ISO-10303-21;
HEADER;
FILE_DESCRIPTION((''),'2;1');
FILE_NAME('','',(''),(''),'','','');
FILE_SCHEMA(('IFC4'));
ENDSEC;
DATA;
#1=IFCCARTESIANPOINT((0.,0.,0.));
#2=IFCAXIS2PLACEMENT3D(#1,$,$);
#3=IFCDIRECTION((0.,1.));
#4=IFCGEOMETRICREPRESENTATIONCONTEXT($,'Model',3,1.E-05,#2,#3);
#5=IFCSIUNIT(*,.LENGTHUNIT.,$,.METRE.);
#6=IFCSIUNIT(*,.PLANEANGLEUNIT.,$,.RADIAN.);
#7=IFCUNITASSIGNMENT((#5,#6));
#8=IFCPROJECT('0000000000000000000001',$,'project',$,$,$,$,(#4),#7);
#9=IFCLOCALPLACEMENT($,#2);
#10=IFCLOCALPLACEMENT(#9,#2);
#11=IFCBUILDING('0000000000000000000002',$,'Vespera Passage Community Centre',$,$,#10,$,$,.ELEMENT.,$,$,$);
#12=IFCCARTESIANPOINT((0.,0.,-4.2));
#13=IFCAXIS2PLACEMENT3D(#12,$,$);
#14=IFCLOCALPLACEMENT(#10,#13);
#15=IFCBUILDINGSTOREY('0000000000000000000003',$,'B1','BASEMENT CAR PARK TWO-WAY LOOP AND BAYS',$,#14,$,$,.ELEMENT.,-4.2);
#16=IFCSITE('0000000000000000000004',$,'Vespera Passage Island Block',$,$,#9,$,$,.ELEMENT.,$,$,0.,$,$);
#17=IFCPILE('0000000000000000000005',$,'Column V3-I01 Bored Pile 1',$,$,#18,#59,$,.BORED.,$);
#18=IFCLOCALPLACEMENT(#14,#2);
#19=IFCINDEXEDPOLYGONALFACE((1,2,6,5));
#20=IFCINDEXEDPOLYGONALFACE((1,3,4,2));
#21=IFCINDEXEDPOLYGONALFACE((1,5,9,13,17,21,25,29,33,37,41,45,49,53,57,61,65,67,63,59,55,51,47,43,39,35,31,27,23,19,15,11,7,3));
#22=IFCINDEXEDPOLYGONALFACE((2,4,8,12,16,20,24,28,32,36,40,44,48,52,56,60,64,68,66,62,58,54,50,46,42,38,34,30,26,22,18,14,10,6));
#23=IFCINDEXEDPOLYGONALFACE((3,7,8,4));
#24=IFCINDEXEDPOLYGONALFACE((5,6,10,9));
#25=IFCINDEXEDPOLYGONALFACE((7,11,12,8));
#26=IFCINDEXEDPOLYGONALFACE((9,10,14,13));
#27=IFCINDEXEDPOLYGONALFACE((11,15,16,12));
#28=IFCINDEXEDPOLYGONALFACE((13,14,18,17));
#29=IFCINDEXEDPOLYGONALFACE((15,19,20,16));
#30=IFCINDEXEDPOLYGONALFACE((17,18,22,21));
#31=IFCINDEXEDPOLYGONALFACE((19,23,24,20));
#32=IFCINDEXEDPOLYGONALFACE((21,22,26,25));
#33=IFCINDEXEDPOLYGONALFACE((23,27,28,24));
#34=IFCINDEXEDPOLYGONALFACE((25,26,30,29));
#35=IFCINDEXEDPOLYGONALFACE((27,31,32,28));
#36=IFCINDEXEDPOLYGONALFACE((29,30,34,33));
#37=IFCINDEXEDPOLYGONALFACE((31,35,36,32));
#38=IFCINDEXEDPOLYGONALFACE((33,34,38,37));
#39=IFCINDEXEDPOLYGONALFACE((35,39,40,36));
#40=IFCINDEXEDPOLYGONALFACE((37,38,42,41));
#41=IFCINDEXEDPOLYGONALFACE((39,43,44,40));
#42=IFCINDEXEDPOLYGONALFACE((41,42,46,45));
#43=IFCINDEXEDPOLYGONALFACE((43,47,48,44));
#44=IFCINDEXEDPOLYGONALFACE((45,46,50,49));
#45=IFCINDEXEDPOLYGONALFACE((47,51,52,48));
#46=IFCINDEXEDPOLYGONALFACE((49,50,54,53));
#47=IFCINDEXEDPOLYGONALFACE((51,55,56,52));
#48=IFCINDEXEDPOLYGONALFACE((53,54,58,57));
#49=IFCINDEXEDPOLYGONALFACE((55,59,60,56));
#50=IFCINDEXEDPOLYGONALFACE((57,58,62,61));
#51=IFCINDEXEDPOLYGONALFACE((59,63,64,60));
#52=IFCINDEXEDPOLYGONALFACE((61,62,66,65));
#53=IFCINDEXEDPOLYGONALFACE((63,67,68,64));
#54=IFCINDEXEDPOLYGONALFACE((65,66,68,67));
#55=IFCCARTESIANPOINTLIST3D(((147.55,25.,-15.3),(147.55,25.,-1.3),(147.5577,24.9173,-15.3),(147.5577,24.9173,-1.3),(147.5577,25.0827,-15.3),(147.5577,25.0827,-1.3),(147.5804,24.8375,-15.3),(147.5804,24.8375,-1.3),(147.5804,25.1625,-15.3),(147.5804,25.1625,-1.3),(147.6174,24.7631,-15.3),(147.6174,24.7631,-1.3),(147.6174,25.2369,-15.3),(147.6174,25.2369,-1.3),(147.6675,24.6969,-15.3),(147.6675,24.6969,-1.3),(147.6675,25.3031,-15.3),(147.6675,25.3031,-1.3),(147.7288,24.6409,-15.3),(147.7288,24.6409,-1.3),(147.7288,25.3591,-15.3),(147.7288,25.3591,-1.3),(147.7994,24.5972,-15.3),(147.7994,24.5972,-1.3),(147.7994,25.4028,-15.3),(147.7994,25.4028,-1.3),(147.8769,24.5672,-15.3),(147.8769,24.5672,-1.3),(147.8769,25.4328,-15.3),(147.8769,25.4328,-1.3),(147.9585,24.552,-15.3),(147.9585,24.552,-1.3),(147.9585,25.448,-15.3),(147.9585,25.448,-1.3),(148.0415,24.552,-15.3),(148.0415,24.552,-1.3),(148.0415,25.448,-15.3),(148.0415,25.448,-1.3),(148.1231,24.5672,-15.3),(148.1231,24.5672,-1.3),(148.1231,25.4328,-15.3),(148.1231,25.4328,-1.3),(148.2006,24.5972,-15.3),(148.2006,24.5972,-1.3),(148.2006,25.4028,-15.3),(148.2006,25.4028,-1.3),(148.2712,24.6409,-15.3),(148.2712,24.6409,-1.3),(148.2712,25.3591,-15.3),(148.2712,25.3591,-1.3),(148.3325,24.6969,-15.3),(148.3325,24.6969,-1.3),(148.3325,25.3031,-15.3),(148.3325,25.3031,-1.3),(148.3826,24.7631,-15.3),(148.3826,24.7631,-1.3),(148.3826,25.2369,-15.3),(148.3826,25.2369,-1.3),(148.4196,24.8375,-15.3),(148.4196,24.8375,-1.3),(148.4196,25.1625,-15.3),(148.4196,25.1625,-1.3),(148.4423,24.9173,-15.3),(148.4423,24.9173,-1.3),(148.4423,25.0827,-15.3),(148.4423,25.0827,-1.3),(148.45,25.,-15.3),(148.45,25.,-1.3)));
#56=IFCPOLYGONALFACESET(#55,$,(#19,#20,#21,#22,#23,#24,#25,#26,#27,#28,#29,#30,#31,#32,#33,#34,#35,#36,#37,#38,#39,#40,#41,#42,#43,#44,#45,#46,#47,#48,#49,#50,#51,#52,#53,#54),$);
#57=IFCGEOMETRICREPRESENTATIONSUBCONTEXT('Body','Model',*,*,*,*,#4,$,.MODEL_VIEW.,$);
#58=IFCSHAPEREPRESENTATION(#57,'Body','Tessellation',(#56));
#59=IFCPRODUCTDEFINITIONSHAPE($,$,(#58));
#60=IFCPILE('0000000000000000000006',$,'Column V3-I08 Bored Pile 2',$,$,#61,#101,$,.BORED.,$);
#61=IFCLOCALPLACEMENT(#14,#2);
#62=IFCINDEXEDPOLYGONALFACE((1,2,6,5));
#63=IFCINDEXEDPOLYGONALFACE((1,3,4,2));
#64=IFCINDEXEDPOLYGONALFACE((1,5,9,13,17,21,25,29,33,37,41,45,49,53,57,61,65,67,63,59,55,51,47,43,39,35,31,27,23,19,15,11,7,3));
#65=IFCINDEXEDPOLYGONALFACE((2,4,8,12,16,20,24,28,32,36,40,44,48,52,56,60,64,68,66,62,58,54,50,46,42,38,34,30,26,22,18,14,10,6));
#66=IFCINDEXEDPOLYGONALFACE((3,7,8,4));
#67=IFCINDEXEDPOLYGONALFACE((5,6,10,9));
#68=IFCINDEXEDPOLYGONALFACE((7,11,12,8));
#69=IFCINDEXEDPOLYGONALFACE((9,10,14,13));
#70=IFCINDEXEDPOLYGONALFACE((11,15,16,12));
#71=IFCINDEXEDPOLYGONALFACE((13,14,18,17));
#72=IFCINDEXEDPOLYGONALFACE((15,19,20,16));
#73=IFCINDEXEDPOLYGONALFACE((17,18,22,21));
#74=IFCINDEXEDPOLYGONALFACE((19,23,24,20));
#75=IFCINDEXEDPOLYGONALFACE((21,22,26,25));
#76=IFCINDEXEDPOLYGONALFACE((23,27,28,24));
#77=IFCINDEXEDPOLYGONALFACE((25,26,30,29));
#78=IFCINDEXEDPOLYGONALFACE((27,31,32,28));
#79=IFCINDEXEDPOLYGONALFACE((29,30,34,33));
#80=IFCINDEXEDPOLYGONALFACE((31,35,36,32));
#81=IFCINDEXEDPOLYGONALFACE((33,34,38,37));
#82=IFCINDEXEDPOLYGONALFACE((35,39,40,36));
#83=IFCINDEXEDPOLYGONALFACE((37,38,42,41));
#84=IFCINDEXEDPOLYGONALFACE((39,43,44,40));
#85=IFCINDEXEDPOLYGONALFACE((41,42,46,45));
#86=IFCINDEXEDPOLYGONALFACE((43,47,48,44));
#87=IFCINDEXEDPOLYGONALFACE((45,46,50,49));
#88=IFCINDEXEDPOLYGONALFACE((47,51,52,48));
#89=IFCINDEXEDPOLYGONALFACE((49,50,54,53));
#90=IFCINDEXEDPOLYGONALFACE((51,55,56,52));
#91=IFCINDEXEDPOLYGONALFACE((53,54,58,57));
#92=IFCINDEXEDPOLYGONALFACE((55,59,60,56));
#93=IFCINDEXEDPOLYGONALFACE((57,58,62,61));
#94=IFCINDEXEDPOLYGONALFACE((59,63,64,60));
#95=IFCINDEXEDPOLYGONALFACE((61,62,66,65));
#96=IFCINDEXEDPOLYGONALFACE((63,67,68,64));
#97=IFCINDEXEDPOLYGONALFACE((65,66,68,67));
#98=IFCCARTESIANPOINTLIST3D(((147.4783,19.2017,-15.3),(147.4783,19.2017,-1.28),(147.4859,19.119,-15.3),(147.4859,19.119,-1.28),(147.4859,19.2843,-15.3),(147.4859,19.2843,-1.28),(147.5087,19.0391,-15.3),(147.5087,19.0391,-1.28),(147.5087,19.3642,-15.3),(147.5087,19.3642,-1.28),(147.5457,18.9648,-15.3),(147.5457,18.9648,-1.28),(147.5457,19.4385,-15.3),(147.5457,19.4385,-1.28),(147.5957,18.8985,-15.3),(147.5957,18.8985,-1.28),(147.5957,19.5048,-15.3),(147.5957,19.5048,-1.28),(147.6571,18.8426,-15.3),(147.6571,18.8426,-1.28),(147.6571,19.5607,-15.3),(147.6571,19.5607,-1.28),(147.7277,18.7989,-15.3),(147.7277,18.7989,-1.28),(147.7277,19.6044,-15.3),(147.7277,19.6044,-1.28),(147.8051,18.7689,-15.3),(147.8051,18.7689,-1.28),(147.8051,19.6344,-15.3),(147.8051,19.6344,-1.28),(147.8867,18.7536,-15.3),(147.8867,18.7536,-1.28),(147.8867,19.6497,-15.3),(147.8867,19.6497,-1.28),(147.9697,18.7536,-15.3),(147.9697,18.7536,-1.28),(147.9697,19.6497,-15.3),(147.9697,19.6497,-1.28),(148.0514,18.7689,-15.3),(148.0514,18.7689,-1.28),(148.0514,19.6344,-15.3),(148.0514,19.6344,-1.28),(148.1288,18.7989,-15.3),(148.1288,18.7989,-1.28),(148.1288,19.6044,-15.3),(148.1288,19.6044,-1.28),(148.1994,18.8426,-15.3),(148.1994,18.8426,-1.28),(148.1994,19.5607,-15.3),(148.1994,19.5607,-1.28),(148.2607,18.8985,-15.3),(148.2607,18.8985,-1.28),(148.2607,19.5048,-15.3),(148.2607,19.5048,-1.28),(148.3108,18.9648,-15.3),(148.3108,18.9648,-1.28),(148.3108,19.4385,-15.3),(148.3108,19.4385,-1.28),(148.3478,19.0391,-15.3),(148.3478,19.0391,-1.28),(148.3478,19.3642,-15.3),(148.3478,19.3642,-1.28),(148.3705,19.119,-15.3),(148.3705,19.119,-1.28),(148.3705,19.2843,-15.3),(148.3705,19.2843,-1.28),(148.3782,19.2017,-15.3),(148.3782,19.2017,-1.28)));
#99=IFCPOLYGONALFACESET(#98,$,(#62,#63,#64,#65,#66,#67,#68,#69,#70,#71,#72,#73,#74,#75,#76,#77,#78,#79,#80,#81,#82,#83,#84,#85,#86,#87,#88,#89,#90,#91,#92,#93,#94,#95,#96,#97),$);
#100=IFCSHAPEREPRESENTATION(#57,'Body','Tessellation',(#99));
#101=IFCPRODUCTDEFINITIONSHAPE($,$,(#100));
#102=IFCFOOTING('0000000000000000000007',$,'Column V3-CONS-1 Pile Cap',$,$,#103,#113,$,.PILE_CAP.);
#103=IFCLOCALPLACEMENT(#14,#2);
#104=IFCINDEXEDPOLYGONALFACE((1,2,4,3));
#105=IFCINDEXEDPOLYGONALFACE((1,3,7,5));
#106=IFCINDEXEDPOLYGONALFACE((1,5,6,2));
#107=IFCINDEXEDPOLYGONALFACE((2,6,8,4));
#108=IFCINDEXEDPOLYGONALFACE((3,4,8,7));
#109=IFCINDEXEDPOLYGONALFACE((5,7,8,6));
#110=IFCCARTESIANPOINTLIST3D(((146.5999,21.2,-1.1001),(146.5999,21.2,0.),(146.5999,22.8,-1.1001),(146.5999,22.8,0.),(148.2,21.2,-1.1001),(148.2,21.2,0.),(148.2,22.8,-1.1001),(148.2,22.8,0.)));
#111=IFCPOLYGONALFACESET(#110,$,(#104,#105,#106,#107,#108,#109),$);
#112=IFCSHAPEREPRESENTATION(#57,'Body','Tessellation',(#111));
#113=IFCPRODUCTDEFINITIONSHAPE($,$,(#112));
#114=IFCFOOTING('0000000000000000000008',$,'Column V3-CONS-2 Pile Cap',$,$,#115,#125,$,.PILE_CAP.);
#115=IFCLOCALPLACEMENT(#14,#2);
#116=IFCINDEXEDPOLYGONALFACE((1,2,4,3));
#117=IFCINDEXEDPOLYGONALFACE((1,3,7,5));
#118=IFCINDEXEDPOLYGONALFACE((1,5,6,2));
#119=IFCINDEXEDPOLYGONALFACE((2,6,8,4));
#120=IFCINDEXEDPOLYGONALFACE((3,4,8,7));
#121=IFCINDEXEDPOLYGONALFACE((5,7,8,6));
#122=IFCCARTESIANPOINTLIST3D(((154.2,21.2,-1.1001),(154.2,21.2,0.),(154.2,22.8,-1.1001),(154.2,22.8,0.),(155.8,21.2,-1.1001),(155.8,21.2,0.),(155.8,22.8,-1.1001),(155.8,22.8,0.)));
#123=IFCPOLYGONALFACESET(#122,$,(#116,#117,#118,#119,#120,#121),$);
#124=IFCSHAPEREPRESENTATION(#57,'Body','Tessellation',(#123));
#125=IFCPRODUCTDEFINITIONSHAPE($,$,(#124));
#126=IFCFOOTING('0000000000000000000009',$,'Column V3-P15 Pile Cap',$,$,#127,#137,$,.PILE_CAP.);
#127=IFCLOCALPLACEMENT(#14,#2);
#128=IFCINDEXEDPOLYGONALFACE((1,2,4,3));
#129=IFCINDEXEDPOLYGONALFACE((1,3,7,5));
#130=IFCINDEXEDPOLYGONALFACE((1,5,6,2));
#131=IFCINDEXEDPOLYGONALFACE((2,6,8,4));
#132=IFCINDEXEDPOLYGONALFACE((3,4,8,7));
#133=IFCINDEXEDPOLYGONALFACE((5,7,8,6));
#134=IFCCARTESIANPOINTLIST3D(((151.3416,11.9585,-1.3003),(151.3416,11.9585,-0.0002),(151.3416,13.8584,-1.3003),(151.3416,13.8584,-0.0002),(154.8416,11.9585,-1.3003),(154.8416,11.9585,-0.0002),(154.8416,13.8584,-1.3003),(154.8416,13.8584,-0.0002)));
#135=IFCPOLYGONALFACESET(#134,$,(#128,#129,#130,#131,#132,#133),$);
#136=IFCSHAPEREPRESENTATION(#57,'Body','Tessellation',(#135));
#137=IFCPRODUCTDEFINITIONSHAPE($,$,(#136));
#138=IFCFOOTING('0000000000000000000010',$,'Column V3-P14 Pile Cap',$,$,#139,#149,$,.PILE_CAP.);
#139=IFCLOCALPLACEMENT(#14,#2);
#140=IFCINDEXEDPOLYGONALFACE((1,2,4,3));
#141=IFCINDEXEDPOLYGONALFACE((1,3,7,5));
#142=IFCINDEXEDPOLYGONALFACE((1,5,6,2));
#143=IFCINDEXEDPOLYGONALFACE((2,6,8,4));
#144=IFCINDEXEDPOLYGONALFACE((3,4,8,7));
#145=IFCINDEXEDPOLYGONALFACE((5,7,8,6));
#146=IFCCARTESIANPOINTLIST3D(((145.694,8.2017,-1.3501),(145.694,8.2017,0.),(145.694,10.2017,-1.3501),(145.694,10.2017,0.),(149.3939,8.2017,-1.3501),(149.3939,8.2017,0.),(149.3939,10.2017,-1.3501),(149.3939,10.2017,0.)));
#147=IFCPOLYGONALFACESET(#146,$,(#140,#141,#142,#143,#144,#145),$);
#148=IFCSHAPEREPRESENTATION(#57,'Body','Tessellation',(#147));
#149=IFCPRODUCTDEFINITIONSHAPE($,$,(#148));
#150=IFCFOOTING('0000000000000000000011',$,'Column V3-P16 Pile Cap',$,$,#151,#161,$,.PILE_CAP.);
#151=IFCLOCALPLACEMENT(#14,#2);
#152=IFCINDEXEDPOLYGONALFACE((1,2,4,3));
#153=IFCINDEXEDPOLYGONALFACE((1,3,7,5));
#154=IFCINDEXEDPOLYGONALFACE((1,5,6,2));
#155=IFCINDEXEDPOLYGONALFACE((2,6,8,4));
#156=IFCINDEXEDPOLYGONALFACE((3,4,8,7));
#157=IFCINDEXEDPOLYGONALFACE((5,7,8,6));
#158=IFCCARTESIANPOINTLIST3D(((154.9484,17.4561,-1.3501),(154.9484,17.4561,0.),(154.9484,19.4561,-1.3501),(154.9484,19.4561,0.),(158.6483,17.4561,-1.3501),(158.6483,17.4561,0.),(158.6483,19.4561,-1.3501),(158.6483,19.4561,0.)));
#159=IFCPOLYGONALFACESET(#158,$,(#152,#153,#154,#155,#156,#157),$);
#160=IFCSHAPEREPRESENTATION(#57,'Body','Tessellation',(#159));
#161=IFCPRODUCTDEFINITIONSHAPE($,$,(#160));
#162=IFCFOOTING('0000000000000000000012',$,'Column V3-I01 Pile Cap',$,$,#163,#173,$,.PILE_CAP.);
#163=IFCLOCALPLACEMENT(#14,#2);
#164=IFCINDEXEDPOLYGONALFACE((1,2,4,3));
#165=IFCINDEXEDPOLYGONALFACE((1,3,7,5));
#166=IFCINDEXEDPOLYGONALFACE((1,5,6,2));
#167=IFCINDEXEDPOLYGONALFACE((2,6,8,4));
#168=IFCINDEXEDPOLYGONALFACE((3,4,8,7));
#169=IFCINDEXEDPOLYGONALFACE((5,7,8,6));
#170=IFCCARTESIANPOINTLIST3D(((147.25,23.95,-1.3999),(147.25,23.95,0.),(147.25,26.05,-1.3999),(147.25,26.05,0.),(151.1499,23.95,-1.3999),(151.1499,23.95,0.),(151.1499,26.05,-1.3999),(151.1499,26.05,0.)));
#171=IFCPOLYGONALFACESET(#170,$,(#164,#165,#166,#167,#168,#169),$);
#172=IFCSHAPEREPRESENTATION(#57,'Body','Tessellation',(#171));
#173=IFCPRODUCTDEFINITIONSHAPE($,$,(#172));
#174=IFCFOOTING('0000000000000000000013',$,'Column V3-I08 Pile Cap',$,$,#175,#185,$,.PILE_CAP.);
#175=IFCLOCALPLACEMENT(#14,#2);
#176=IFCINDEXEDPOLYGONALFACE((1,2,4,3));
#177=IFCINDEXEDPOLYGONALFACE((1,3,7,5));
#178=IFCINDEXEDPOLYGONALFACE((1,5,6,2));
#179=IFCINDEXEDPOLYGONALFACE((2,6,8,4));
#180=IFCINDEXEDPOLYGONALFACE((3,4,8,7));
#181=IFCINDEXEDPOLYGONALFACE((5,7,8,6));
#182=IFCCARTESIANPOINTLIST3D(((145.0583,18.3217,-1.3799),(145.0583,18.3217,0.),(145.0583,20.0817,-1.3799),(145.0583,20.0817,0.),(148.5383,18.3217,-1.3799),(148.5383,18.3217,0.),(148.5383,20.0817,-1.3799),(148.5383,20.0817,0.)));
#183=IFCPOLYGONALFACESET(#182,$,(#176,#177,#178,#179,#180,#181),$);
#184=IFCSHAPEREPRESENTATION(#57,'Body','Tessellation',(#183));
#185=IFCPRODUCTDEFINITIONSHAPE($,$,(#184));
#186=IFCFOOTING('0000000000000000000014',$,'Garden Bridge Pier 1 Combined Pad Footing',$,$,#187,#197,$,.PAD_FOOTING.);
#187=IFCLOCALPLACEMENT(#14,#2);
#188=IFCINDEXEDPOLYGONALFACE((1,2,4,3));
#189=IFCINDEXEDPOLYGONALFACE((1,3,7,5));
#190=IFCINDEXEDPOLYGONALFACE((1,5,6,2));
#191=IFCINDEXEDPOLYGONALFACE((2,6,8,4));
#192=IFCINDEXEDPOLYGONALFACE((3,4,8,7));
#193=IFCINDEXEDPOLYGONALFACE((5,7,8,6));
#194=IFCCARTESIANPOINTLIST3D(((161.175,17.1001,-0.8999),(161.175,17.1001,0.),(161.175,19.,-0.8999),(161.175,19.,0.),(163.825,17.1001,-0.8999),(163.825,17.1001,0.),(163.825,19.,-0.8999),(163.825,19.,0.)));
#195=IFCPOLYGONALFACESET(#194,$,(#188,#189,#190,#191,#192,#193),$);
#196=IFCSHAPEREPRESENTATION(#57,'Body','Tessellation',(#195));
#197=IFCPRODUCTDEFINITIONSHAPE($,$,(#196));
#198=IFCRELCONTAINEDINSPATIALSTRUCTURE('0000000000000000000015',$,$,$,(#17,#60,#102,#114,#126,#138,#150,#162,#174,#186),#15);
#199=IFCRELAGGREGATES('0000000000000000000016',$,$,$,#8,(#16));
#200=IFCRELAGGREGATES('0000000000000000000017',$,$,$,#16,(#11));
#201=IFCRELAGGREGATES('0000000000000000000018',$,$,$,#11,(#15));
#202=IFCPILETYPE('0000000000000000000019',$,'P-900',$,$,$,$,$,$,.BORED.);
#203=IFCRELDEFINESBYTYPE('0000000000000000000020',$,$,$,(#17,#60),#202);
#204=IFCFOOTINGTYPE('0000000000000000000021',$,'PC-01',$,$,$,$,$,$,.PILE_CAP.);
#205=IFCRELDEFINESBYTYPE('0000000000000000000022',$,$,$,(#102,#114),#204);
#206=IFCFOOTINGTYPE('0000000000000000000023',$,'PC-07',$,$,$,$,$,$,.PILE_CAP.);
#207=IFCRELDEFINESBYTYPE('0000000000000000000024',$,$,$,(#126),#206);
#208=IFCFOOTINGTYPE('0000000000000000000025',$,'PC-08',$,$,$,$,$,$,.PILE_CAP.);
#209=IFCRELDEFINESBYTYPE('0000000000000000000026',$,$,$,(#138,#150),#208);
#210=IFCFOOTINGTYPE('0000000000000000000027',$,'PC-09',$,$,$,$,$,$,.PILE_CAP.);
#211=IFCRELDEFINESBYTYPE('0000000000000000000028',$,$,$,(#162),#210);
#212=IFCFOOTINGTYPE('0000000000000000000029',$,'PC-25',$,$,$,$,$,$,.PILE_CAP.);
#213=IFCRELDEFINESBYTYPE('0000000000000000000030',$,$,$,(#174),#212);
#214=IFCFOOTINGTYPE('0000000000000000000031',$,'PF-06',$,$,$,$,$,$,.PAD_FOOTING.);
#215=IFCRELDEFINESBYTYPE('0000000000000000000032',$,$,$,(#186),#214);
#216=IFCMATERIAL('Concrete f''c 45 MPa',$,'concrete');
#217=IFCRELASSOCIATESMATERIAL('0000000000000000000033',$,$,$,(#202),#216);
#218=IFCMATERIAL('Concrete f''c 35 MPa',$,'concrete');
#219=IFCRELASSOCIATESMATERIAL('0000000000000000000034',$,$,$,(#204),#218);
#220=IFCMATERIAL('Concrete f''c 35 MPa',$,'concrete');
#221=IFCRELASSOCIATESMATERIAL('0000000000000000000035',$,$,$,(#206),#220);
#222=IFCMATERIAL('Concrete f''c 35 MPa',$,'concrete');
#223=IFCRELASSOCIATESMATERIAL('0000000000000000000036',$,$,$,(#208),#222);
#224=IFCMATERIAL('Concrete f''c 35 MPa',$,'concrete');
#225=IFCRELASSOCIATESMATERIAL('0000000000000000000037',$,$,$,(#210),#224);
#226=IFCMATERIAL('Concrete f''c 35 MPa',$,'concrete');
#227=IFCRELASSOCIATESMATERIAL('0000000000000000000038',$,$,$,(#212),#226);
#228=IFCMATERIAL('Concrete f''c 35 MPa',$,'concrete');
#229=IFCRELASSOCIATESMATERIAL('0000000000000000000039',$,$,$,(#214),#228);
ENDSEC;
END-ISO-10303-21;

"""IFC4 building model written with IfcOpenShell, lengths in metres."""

from ifc_helpers import new_model, si_unit, direction, frame, origin, origin_2d, place, context, subcontext, project, spatial, rectangle, circle, extrude, material, material_profile, profile_set, type_object, element, save


model = new_model("IFC4")

# Units and contexts
model_context = context("Model", 3, precision=1e-05, world=origin(), true_north=direction((0.0, 1.0)))
body_context = subcontext(model_context, "Body", "Model", "MODEL_VIEW")
ifc_project = project(units=[si_unit("LENGTHUNIT", "METRE"), si_unit("PLANEANGLEUNIT", "RADIAN")], contexts=[model_context])

# Site, building, storey
site_placement = place(None, origin())
site = spatial("IfcSite", under=ifc_project, at=site_placement, Name="Vespera Passage Island Block", CompositionType="ELEMENT", RefElevation=0.0)
building_placement = place(site_placement, origin())
building = spatial("IfcBuilding", under=site, at=building_placement, Name="Vespera Passage Community Centre", CompositionType="ELEMENT")
storey_placement = place(building_placement, frame((0.0, 0.0, -4.2)))
storey = spatial("IfcBuildingStorey", under=building, at=storey_placement, Name="B1", Description="BASEMENT CAR PARK TWO-WAY LOOP AND BAYS", CompositionType="ELEMENT", Elevation=-4.2)

# Piles
ifc_material_1 = material(Name="Concrete f'c 45 MPa", Category="concrete")
ifc_material_profile_1 = material_profile(ifc_material_1, circle(Radius=0.45, at=origin_2d()), Name="PILE900DIA")
ifc_profile_set_1 = profile_set([ifc_material_profile_1], Name="Concrete f'c 45 MPa")
pile_type_1 = type_object("IfcPileType", Name="P-900", PredefinedType="BORED", material=ifc_profile_set_1)
pile_1_placement = place(storey_placement, frame((148.0, 25.0, -1.3), z_axis=(0.0, 0.0, -1.0), x_axis=(1.0, 0.0, 0.0)))
element("IfcPile", 1, at=pile_1_placement, inside=storey, type_object=pile_type_1, Name="Column V3-I01 Bored Pile 1", PredefinedType="BORED", context=body_context, shape_type="SweptSolid", body=[
    extrude(circle(Radius=0.45, at=origin_2d()), origin(), (0.0, 0.0, 1.0), 14.0),
])
pile_2_placement = place(storey_placement, frame((147.9282, 19.2017, -1.28), z_axis=(0.0, 0.0, -1.0), x_axis=(1.0, 0.0, 0.0)))
element("IfcPile", 2, at=pile_2_placement, inside=storey, type_object=pile_type_1, Name="Column V3-I08 Bored Pile 2", PredefinedType="BORED", context=body_context, shape_type="SweptSolid", body=[
    extrude(circle(Radius=0.45, at=origin_2d()), origin(), (0.0, 0.0, 1.0), 14.02),
])

# Footings
ifc_material_2 = material(Name="Concrete f'c 35 MPa", Category="concrete")
footing_type_1 = type_object("IfcFootingType", Name="PC-01", PredefinedType="PILE_CAP", material=ifc_material_2)
for number, where, z_axis, x_axis, name in (
    (3, (147.3999, 22.0, -1.1001), (0.0, 0.0, 1.0), (1.0, 0.0, 0.0), "Column V3-CONS-1 Pile Cap"),
    (4, (155.0, 22.0, -1.1001), (0.0, 0.0, 1.0), (1.0, 0.0, 0.0), "Column V3-CONS-2 Pile Cap"),
):
    element("IfcFooting", number, at=place(storey_placement, frame(where, z_axis=z_axis, x_axis=x_axis)), inside=storey, type_object=footing_type_1, Name=name, PredefinedType="PILE_CAP", context=body_context, shape_type="SweptSolid", body=[
        extrude(rectangle(XDim=1.6001, YDim=1.6001, at=origin_2d()), origin(), (0.0, 0.0, 1.0), 1.1001),
    ])
ifc_material_3 = material(Name="Concrete f'c 35 MPa", Category="concrete")
footing_type_2 = type_object("IfcFootingType", Name="PC-07", PredefinedType="PILE_CAP", material=ifc_material_3)
footing_1_placement = place(storey_placement, frame((153.0916, 12.9084, -1.3003), z_axis=(0.0, 0.0, 1.0), x_axis=(1.0, 0.0, 0.0)))
element("IfcFooting", 5, at=footing_1_placement, inside=storey, type_object=footing_type_2, Name="Column V3-P15 Pile Cap", PredefinedType="PILE_CAP", context=body_context, shape_type="SweptSolid", body=[
    extrude(rectangle(XDim=3.5, YDim=1.8999, at=origin_2d()), origin(), (0.0, 0.0, 1.0), 1.3),
])
ifc_material_4 = material(Name="Concrete f'c 35 MPa", Category="concrete")
footing_type_3 = type_object("IfcFootingType", Name="PC-08", PredefinedType="PILE_CAP", material=ifc_material_4)
for number, where, z_axis, x_axis, name in (
    (6, (147.5439, 9.2017, -1.3501), (0.0, 0.0, 1.0), (1.0, 0.0, 0.0), "Column V3-P14 Pile Cap"),
    (7, (156.7983, 18.4561, -1.3501), (0.0, 0.0, 1.0), (1.0, 0.0, 0.0), "Column V3-P16 Pile Cap"),
):
    element("IfcFooting", number, at=place(storey_placement, frame(where, z_axis=z_axis, x_axis=x_axis)), inside=storey, type_object=footing_type_3, Name=name, PredefinedType="PILE_CAP", context=body_context, shape_type="SweptSolid", body=[
        extrude(rectangle(XDim=3.7, YDim=2.0, at=origin_2d()), origin(), (0.0, 0.0, 1.0), 1.3501),
    ])
ifc_material_5 = material(Name="Concrete f'c 35 MPa", Category="concrete")
footing_type_4 = type_object("IfcFootingType", Name="PC-09", PredefinedType="PILE_CAP", material=ifc_material_5)
footing_2_placement = place(storey_placement, frame((149.2, 25.0, -1.3999), z_axis=(0.0, 0.0, 1.0), x_axis=(1.0, 0.0, 0.0)))
element("IfcFooting", 8, at=footing_2_placement, inside=storey, type_object=footing_type_4, Name="Column V3-I01 Pile Cap", PredefinedType="PILE_CAP", context=body_context, shape_type="SweptSolid", body=[
    extrude(rectangle(XDim=3.8999, YDim=2.1001, at=origin_2d()), origin(), (0.0, 0.0, 1.0), 1.3999),
])
ifc_material_6 = material(Name="Concrete f'c 35 MPa", Category="concrete")
footing_type_5 = type_object("IfcFootingType", Name="PC-25", PredefinedType="PILE_CAP", material=ifc_material_6)
footing_3_placement = place(storey_placement, frame((146.7983, 19.2017, -1.3799), z_axis=(0.0, 0.0, 1.0), x_axis=(1.0, 0.0, 0.0)))
element("IfcFooting", 9, at=footing_3_placement, inside=storey, type_object=footing_type_5, Name="Column V3-I08 Pile Cap", PredefinedType="PILE_CAP", context=body_context, shape_type="SweptSolid", body=[
    extrude(rectangle(XDim=3.48, YDim=1.76, at=origin_2d()), origin(), (0.0, 0.0, 1.0), 1.3799),
])
ifc_material_7 = material(Name="Concrete f'c 35 MPa", Category="concrete")
footing_type_6 = type_object("IfcFootingType", Name="PF-06", PredefinedType="PAD_FOOTING", material=ifc_material_7)
footing_4_placement = place(storey_placement, frame((162.5, 18.05, -0.8999), z_axis=(0.0, 0.0, 1.0), x_axis=(1.0, 0.0, 0.0)))
element("IfcFooting", 10, at=footing_4_placement, inside=storey, type_object=footing_type_6, Name="Garden Bridge Pier 1 Combined Pad Footing", PredefinedType="PAD_FOOTING", context=body_context, shape_type="SweptSolid", body=[
    extrude(rectangle(XDim=2.6499, YDim=1.8999, at=origin_2d()), origin(), (0.0, 0.0, 1.0), 0.8999),
])

save(model, "model.ifc")
